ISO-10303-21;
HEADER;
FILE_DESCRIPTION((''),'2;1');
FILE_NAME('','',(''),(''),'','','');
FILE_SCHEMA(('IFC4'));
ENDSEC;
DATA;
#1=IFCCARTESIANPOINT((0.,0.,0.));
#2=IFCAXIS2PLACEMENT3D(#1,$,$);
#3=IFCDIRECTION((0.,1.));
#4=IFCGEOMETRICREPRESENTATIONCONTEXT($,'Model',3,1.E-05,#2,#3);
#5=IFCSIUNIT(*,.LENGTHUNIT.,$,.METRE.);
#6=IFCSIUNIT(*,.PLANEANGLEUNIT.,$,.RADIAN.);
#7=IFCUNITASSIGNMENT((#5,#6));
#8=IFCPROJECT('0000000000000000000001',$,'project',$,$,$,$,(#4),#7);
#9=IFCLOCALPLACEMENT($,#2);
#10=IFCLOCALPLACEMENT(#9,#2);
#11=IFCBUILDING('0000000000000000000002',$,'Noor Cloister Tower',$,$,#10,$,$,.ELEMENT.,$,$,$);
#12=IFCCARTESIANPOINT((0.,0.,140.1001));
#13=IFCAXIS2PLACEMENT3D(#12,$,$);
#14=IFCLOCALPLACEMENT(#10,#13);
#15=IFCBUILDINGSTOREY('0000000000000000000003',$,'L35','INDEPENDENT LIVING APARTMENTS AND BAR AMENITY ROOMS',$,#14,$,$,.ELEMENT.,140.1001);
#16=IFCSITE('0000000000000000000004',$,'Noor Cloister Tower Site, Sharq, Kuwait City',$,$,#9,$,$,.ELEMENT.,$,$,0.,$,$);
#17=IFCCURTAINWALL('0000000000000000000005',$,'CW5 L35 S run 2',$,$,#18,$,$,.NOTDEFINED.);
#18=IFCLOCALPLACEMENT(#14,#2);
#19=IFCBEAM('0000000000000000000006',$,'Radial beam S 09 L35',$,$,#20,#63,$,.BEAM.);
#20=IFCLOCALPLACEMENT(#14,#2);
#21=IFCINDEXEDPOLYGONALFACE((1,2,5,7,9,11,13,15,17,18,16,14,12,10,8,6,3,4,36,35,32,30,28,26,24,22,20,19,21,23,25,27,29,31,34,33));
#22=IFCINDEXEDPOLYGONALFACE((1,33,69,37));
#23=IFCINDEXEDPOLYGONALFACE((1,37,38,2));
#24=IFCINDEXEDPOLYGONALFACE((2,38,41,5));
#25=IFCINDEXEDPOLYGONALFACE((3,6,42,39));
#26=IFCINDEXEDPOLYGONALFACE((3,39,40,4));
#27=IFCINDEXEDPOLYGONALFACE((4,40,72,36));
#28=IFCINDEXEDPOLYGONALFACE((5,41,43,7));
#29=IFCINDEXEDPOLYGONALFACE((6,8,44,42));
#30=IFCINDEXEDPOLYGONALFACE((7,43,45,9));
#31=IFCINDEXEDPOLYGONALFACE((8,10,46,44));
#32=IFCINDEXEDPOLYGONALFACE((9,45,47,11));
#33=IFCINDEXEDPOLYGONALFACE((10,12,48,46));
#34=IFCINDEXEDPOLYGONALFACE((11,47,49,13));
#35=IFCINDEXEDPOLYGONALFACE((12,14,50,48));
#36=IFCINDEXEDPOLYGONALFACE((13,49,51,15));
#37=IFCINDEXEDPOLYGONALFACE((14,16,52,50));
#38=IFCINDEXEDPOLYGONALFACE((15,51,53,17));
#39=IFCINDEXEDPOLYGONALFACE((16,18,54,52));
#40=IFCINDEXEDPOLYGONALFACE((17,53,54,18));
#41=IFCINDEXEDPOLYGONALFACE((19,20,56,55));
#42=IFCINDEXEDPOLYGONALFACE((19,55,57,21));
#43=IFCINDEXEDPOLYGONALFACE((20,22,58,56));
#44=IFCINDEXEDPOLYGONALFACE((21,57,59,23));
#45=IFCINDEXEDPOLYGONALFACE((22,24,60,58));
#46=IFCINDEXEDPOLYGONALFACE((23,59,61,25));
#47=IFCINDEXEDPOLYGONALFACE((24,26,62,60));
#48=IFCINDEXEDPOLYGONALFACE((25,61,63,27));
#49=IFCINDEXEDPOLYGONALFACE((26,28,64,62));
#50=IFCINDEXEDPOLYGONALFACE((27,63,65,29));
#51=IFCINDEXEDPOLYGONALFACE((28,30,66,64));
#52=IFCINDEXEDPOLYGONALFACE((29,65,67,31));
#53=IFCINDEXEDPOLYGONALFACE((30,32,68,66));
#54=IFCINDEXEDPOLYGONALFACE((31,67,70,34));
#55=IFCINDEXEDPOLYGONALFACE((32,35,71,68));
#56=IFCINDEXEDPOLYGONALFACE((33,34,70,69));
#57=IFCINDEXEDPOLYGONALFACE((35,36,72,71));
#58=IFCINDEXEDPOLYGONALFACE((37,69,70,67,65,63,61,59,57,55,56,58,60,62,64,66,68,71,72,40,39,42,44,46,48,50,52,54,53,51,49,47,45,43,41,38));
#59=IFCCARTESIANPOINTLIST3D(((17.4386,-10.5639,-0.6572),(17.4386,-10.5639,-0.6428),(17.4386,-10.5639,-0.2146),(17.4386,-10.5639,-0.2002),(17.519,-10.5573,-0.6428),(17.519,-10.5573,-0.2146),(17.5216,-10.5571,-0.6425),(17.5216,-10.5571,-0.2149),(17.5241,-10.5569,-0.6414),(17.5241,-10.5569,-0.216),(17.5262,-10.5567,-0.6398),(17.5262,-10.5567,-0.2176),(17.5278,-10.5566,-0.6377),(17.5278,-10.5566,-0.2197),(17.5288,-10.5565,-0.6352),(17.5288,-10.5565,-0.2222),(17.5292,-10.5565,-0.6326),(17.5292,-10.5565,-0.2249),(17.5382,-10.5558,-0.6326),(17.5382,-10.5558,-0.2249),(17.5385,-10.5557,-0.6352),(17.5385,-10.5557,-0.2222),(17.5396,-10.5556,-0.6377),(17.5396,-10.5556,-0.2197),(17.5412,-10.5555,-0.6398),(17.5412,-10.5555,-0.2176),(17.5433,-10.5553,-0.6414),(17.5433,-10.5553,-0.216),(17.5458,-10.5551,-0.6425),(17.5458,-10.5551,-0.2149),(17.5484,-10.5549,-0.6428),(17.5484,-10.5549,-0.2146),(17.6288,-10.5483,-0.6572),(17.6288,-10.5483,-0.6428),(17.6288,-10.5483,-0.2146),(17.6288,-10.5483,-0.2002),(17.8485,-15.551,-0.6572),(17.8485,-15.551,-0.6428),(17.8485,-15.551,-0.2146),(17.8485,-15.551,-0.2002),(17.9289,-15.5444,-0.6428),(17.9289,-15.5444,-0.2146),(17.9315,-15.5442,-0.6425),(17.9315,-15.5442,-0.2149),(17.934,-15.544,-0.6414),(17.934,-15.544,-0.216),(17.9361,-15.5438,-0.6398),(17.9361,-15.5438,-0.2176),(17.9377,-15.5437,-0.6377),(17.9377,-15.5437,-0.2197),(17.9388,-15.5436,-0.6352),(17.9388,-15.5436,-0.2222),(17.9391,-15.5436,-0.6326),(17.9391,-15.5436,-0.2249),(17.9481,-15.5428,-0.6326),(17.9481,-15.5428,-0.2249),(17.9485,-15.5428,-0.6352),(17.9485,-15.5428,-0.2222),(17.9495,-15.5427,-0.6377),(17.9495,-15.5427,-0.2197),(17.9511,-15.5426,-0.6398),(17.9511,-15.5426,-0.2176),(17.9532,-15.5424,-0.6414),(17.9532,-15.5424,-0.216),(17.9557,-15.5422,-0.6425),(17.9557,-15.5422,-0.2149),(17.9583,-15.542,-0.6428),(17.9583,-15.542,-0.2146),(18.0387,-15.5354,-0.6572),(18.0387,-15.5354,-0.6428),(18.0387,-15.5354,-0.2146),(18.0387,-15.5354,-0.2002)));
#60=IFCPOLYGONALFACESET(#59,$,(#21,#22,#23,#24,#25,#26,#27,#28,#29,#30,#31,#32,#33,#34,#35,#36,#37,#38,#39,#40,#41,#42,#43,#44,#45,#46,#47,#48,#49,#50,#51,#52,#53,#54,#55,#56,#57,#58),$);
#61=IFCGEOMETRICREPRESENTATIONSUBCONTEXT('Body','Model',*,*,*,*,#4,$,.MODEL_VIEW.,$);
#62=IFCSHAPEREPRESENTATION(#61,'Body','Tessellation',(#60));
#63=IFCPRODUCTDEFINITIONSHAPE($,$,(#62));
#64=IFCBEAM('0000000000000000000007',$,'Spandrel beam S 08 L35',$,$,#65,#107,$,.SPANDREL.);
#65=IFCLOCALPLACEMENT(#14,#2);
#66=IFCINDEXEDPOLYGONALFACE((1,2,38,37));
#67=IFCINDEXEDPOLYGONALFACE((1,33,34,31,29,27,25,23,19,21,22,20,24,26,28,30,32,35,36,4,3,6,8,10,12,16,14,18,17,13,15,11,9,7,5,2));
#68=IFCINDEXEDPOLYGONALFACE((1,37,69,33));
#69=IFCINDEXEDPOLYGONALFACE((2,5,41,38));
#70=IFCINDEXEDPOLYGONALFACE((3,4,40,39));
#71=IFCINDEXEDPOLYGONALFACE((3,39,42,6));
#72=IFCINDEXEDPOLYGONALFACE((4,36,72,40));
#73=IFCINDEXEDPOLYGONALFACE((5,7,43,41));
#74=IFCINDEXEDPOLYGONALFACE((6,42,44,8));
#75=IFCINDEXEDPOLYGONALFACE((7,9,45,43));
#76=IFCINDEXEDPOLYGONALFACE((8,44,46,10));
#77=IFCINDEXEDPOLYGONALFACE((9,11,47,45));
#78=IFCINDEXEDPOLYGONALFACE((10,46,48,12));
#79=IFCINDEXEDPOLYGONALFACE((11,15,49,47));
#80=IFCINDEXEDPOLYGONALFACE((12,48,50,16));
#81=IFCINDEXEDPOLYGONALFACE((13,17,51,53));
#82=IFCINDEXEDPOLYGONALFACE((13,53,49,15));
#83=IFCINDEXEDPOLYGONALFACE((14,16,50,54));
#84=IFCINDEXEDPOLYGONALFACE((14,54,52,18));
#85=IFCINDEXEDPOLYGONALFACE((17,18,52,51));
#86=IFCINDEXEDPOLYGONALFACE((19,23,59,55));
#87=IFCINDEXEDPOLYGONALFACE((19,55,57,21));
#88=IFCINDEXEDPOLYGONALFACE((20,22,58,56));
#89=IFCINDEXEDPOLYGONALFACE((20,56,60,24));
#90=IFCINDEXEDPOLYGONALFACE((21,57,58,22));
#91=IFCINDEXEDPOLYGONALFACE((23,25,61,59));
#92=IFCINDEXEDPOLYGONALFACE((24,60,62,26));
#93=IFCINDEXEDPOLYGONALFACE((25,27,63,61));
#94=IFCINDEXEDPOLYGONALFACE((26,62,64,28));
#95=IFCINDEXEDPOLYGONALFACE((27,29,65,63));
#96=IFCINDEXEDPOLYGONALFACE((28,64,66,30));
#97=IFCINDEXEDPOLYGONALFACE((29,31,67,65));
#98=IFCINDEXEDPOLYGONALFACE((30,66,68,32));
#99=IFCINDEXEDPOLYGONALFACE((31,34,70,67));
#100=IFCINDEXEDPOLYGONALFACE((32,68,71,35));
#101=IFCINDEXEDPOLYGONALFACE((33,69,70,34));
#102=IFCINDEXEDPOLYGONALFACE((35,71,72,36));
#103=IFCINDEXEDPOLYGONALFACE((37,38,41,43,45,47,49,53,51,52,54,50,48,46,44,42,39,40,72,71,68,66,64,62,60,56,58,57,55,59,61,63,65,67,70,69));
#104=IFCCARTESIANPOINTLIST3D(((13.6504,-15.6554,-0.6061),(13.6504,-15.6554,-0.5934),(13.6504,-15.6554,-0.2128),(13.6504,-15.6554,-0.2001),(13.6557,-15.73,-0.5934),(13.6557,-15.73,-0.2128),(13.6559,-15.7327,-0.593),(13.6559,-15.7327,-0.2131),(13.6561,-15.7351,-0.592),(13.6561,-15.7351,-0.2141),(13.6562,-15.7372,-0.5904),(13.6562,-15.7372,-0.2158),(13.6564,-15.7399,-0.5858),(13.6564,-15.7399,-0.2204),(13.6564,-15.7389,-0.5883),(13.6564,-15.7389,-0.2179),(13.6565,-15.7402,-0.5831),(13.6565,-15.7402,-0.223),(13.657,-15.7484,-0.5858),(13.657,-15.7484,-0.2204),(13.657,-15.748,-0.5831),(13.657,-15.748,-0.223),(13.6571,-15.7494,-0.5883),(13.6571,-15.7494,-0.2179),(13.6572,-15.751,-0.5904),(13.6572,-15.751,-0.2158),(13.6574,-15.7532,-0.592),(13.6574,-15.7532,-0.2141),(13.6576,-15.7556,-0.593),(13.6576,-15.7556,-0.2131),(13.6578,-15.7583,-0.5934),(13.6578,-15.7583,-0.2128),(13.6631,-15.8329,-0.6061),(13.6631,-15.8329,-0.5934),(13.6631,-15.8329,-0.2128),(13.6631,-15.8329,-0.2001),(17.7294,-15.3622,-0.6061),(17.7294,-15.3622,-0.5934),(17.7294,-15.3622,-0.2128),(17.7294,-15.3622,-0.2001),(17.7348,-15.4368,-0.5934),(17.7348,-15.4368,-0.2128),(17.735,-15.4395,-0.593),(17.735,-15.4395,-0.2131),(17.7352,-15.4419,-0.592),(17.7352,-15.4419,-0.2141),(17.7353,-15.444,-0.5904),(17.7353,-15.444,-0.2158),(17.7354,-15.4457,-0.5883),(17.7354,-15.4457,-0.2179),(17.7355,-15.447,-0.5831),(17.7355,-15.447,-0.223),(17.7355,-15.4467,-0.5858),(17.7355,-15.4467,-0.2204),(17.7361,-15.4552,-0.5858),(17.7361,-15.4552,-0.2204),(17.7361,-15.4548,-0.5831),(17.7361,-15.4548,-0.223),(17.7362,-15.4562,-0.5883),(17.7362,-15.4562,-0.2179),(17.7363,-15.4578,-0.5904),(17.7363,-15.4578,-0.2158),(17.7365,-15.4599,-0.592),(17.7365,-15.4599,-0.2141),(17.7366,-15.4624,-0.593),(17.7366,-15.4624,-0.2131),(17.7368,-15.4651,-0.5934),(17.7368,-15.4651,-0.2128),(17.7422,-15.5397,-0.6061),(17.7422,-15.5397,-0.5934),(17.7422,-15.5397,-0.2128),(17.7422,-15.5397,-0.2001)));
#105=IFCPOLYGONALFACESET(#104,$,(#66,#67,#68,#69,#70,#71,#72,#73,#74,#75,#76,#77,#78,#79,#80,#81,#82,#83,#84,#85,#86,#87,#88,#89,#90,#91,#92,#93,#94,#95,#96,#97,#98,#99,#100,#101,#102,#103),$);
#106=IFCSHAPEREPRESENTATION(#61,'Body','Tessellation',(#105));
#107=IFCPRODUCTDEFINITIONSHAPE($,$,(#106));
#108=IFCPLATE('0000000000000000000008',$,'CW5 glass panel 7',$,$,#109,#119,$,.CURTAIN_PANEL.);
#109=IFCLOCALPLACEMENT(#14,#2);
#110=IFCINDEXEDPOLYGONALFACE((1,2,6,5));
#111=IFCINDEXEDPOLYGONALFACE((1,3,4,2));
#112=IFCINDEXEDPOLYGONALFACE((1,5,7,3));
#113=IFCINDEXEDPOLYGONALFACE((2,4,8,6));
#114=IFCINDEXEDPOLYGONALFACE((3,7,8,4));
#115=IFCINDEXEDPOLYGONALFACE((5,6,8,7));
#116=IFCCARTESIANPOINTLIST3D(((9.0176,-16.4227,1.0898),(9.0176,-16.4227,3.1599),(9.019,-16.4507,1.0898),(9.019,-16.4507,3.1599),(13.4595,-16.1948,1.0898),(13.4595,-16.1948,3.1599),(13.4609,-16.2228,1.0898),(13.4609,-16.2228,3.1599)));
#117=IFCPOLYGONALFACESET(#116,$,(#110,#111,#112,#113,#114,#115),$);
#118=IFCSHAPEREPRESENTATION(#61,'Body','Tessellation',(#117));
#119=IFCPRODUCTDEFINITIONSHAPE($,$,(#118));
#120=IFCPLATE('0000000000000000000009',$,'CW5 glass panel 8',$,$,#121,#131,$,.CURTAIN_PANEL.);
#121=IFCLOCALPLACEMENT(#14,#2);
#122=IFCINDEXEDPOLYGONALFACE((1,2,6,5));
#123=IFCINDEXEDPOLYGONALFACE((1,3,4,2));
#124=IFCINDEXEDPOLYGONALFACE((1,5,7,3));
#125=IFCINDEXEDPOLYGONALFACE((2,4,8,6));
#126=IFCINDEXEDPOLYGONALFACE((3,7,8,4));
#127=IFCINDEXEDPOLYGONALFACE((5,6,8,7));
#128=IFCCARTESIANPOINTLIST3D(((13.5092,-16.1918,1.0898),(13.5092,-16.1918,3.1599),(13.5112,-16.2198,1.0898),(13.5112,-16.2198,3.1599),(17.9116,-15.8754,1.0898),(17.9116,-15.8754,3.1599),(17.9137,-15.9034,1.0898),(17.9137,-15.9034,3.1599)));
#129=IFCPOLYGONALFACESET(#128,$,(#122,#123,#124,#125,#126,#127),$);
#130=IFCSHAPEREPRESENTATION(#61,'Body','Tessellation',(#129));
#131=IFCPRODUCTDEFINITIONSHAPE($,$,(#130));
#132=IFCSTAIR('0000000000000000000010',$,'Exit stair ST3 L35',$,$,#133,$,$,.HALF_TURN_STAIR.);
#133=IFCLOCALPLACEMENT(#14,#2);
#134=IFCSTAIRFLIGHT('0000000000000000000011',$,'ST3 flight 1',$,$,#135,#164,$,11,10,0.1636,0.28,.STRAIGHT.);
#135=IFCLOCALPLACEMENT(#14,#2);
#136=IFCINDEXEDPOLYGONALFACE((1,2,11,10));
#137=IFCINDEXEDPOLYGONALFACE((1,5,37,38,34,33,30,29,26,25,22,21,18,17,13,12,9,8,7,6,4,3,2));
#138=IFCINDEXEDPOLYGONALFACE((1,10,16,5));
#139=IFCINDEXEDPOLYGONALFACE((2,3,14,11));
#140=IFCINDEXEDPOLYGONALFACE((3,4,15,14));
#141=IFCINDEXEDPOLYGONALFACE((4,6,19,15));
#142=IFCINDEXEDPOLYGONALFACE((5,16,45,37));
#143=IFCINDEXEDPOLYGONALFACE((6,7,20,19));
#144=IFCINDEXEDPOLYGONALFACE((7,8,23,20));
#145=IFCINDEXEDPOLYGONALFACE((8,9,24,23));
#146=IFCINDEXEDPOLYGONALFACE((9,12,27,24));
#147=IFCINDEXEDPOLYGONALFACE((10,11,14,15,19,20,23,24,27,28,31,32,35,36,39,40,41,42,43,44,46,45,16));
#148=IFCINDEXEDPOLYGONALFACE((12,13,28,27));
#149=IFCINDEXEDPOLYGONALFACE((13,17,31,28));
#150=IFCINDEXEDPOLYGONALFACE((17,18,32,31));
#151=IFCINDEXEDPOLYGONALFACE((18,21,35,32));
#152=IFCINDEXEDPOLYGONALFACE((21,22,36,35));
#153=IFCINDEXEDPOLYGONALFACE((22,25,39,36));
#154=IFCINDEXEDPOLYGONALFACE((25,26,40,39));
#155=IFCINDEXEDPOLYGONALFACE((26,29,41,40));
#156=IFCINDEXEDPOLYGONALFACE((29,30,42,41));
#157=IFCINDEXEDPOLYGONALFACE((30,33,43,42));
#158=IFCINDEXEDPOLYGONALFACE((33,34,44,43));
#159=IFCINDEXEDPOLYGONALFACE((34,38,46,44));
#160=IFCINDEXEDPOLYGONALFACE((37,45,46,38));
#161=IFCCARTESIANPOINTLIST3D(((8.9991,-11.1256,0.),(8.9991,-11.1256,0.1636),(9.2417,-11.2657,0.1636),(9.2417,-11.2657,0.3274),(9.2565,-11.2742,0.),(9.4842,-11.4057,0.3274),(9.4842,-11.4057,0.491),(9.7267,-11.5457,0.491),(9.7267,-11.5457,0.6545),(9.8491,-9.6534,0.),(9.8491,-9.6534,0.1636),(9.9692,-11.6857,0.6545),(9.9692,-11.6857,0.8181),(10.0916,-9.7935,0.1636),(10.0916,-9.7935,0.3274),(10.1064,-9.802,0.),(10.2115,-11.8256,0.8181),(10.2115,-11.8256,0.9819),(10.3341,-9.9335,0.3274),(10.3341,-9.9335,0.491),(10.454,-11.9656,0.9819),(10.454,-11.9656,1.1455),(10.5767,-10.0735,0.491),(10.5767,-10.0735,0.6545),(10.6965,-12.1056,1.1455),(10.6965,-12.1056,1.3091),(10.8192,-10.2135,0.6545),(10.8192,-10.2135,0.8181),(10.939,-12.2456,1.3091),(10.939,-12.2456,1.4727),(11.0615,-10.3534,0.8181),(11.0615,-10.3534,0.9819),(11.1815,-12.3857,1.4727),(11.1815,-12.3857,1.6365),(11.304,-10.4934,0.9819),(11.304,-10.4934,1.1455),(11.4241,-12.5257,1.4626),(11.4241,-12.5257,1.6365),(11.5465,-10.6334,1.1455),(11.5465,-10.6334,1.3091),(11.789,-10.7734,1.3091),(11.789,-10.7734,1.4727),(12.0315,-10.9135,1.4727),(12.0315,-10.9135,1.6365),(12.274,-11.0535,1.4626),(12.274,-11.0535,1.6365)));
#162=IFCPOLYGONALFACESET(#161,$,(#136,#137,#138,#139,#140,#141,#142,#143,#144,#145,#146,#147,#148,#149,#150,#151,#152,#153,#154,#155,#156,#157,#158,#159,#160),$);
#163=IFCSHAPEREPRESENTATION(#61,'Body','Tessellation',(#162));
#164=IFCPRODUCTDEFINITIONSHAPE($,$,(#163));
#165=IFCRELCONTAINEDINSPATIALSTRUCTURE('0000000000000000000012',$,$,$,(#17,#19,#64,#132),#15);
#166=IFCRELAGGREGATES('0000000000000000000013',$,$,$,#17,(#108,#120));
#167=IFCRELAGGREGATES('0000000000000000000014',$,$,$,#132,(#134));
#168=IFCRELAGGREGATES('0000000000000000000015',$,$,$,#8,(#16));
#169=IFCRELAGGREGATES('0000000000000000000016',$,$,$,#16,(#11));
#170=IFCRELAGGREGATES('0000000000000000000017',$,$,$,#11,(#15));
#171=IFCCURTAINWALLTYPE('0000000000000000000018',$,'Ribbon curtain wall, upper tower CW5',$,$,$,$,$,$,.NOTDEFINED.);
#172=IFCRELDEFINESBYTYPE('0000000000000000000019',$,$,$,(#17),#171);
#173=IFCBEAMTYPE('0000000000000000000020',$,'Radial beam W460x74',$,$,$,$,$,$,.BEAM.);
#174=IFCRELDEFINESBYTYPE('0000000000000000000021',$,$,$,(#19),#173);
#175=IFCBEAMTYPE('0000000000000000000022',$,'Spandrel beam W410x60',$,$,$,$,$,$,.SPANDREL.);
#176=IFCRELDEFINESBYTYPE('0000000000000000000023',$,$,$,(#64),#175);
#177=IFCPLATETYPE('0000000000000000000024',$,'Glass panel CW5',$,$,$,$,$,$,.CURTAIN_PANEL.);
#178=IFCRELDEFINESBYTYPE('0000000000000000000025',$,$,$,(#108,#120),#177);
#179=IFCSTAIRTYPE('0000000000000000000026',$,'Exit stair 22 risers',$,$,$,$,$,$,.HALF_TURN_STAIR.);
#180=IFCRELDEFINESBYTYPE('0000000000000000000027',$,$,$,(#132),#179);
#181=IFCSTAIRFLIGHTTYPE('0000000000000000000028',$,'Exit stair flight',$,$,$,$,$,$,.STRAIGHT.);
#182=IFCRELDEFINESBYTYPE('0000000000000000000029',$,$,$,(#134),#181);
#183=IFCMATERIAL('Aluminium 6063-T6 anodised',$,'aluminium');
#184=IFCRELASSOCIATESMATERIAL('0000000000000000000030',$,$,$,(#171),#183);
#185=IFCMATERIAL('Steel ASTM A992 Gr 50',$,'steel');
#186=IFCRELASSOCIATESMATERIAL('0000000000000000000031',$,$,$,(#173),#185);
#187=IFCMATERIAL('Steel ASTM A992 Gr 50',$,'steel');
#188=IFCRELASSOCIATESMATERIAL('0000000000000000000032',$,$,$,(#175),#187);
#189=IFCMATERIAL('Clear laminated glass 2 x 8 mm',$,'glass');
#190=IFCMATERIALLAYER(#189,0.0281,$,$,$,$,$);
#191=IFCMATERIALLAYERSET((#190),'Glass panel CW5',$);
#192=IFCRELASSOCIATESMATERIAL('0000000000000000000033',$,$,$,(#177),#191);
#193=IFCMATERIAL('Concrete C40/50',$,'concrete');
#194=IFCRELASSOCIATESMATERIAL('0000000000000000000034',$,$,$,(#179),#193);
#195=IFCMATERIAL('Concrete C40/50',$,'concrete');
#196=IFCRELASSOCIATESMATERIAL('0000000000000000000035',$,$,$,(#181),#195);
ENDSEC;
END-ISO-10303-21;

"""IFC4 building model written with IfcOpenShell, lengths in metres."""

from ifc_helpers import new_model, si_unit, direction, frame, origin, origin_2d, place, context, subcontext, project, spatial, polyline, rectangle, i_section, outline, extrude, material, layer, layer_set, material_profile, profile_set, type_object, element, aggregate, save


model = new_model("IFC4")

# Units and contexts
model_context = context("Model", 3, precision=1e-05, world=origin(), true_north=direction((0.0, 1.0)))
body_context = subcontext(model_context, "Body", "Model", "MODEL_VIEW")
ifc_project = project(units=[si_unit("LENGTHUNIT", "METRE"), si_unit("PLANEANGLEUNIT", "RADIAN")], contexts=[model_context])

# Site, building, storey
site_placement = place(None, origin())
site = spatial("IfcSite", under=ifc_project, at=site_placement, Name="Noor Cloister Tower Site, Sharq, Kuwait City", CompositionType="ELEMENT", RefElevation=0.0)
building_placement = place(site_placement, origin())
building = spatial("IfcBuilding", under=site, at=building_placement, Name="Noor Cloister Tower", CompositionType="ELEMENT")
storey_placement = place(building_placement, frame((0.0, 0.0, 140.1001)))
storey = spatial("IfcBuildingStorey", under=building, at=storey_placement, Name="L35", Description="INDEPENDENT LIVING APARTMENTS AND BAR AMENITY ROOMS", CompositionType="ELEMENT", Elevation=140.1001)

# Curtain wall
ifc_material_1 = material(Name="Aluminium 6063-T6 anodised", Category="aluminium")
curtain_wall_type = type_object("IfcCurtainWallType", Name="Ribbon curtain wall, upper tower CW5", PredefinedType="NOTDEFINED", material=ifc_material_1)
curtain_wall_placement = place(storey_placement, origin())
curtain_wall = element("IfcCurtainWall", 1, at=curtain_wall_placement, inside=storey, type_object=curtain_wall_type, Name="CW5 L35 S run 2", PredefinedType="NOTDEFINED")

# Beams
ifc_material_2 = material(Name="Steel ASTM A992 Gr 50", Category="steel")
ifc_material_profile_1 = material_profile(ifc_material_2, i_section(OverallWidth=0.1909, OverallDepth=0.457, WebThickness=0.009, FlangeThickness=0.0144, FilletRadius=0.0103, at=origin_2d()), Name="W460x74")
ifc_profile_set_1 = profile_set([ifc_material_profile_1], Name="Steel ASTM A992 Gr 50")
beam_type_1 = type_object("IfcBeamType", Name="Radial beam W460x74", PredefinedType="BEAM", material=ifc_profile_set_1)
beam_1_placement = place(storey_placement, frame((17.9436, -15.5432, -0.4287), z_axis=(-0.081919, 0.996639, 0.0), x_axis=(-0.996639, -0.081919, 0.0)))
element("IfcBeam", 2, at=beam_1_placement, inside=storey, type_object=beam_type_1, Name="Radial beam S 09 L35", PredefinedType="BEAM", context=body_context, shape_type="SweptSolid", body=[
    extrude(i_section(OverallWidth=0.1909, OverallDepth=0.457, WebThickness=0.009, FlangeThickness=0.0144, FilletRadius=0.0103, at=origin_2d()), origin(), (0.0, 0.0, 1.0), 5.0039),
])
ifc_material_3 = material(Name="Steel ASTM A992 Gr 50", Category="steel")
ifc_material_profile_2 = material_profile(ifc_material_3, i_section(OverallWidth=0.178, OverallDepth=0.406, WebThickness=0.0078, FlangeThickness=0.0127, FilletRadius=0.0103, at=origin_2d()), Name="W410x60")
ifc_profile_set_2 = profile_set([ifc_material_profile_2], Name="Steel ASTM A992 Gr 50")
beam_type_2 = type_object("IfcBeamType", Name="Spandrel beam W410x60", PredefinedType="SPANDREL", material=ifc_profile_set_2)
beam_2_placement = place(storey_placement, frame((13.6567, -15.7441, -0.4031), z_axis=(0.997426, 0.071697, 0.0), x_axis=(-0.071697, 0.997426, 0.0)))
element("IfcBeam", 3, at=beam_2_placement, inside=storey, type_object=beam_type_2, Name="Spandrel beam S 08 L35", PredefinedType="SPANDREL", context=body_context, shape_type="SweptSolid", body=[
    extrude(i_section(OverallWidth=0.178, OverallDepth=0.406, WebThickness=0.0078, FlangeThickness=0.0127, FilletRadius=0.0103, at=origin_2d()), origin(), (0.0, 0.0, 1.0), 4.0896),
])

# Plates
ifc_material_4 = material(Name="Clear laminated glass 2 x 8 mm", Category="glass")
ifc_layer = layer(ifc_material_4, 0.0281)
ifc_layer_set = layer_set([ifc_layer], Name="Glass panel CW5")
plate_type = type_object("IfcPlateType", Name="Glass panel CW5", PredefinedType="CURTAIN_PANEL", material=ifc_layer_set)
plate_1_placement = place(storey_placement, frame((11.2393, -16.3228, 1.0898), z_axis=(0.0, 0.0, 1.0), x_axis=(0.998687, 0.051236, 0.0)))
plate_1 = element("IfcPlate", 4, at=plate_1_placement, type_object=plate_type, Name="CW5 glass panel 7", PredefinedType="CURTAIN_PANEL", context=body_context, shape_type="SweptSolid", body=[
    extrude(rectangle(XDim=4.4478, YDim=0.0281, at=origin_2d()), origin(), (0.0, 0.0, 1.0), 2.0701),
])
plate_2_placement = place(storey_placement, frame((15.7114, -16.0476, 1.0898), z_axis=(0.0, 0.0, 1.0), x_axis=(0.997426, 0.0717, 0.0)))
plate_2 = element("IfcPlate", 5, at=plate_2_placement, type_object=plate_type, Name="CW5 glass panel 8", PredefinedType="CURTAIN_PANEL", context=body_context, shape_type="SweptSolid", body=[
    extrude(rectangle(XDim=4.4138, YDim=0.0281, at=origin_2d()), origin(), (0.0, 0.0, 1.0), 2.0701),
])
aggregate(curtain_wall, [plate_1, plate_2])

# Stair, stair flight
ifc_material_5 = material(Name="Concrete C40/50", Category="concrete")
stair_type = type_object("IfcStairType", Name="Exit stair 22 risers", PredefinedType="HALF_TURN_STAIR", material=ifc_material_5)
stair_placement = place(storey_placement, origin())
stair = element("IfcStair", 6, at=stair_placement, inside=storey, type_object=stair_type, Name="Exit stair ST3 L35", PredefinedType="HALF_TURN_STAIR")
ifc_material_6 = material(Name="Concrete C40/50", Category="concrete")
stair_flight_type = type_object("IfcStairFlightType", Name="Exit stair flight", PredefinedType="STRAIGHT", material=ifc_material_6)
stair_flight_1_placement = place(storey_placement, frame((9.4241, -10.3896, 0.0), z_axis=(0.0, 0.0, 1.0), x_axis=(0.866025, -0.5, 0.0)))
stair_flight_1 = element("IfcStairFlight", 7, at=stair_flight_1_placement, type_object=stair_flight_type, Name="ST3 flight 1", NumberOfRisers=11, NumberOfTreads=10, PredefinedType="STRAIGHT", RiserHeight=0.1636, TreadLength=0.28, context=body_context, shape_type="SweptSolid", body=[
    extrude(outline(polyline([(0.0, 0.0), (0.0, 0.1636), (0.28, 0.1636), (0.28, 0.3274), (0.5601, 0.3274), (0.5601, 0.491), (0.8401, 0.491), (0.8401, 0.6545), (1.1201, 0.6545), (1.1201, 0.8181), (1.3999, 0.8181), (1.3999, 0.9819), (1.6799, 0.9819), (1.6799, 1.1455), (1.96, 1.1455), (1.96, 1.3091), (2.24, 1.3091), (2.24, 1.4727), (2.52, 1.4727), (2.52, 1.6365), (2.8, 1.6365), (2.8, 1.8), (2.8, 1.4626), (0.2971, 0.0), (0.0, 0.0)])), frame((0.0, 0.8501, 0.0), z_axis=(0.0, -1.0, 0.0), x_axis=(1.0, 0.0, 0.0)), (0.0, 0.0, 1.0), 1.7),
])
aggregate(stair, [stair_flight_1])

save(model, "model.ifc")
